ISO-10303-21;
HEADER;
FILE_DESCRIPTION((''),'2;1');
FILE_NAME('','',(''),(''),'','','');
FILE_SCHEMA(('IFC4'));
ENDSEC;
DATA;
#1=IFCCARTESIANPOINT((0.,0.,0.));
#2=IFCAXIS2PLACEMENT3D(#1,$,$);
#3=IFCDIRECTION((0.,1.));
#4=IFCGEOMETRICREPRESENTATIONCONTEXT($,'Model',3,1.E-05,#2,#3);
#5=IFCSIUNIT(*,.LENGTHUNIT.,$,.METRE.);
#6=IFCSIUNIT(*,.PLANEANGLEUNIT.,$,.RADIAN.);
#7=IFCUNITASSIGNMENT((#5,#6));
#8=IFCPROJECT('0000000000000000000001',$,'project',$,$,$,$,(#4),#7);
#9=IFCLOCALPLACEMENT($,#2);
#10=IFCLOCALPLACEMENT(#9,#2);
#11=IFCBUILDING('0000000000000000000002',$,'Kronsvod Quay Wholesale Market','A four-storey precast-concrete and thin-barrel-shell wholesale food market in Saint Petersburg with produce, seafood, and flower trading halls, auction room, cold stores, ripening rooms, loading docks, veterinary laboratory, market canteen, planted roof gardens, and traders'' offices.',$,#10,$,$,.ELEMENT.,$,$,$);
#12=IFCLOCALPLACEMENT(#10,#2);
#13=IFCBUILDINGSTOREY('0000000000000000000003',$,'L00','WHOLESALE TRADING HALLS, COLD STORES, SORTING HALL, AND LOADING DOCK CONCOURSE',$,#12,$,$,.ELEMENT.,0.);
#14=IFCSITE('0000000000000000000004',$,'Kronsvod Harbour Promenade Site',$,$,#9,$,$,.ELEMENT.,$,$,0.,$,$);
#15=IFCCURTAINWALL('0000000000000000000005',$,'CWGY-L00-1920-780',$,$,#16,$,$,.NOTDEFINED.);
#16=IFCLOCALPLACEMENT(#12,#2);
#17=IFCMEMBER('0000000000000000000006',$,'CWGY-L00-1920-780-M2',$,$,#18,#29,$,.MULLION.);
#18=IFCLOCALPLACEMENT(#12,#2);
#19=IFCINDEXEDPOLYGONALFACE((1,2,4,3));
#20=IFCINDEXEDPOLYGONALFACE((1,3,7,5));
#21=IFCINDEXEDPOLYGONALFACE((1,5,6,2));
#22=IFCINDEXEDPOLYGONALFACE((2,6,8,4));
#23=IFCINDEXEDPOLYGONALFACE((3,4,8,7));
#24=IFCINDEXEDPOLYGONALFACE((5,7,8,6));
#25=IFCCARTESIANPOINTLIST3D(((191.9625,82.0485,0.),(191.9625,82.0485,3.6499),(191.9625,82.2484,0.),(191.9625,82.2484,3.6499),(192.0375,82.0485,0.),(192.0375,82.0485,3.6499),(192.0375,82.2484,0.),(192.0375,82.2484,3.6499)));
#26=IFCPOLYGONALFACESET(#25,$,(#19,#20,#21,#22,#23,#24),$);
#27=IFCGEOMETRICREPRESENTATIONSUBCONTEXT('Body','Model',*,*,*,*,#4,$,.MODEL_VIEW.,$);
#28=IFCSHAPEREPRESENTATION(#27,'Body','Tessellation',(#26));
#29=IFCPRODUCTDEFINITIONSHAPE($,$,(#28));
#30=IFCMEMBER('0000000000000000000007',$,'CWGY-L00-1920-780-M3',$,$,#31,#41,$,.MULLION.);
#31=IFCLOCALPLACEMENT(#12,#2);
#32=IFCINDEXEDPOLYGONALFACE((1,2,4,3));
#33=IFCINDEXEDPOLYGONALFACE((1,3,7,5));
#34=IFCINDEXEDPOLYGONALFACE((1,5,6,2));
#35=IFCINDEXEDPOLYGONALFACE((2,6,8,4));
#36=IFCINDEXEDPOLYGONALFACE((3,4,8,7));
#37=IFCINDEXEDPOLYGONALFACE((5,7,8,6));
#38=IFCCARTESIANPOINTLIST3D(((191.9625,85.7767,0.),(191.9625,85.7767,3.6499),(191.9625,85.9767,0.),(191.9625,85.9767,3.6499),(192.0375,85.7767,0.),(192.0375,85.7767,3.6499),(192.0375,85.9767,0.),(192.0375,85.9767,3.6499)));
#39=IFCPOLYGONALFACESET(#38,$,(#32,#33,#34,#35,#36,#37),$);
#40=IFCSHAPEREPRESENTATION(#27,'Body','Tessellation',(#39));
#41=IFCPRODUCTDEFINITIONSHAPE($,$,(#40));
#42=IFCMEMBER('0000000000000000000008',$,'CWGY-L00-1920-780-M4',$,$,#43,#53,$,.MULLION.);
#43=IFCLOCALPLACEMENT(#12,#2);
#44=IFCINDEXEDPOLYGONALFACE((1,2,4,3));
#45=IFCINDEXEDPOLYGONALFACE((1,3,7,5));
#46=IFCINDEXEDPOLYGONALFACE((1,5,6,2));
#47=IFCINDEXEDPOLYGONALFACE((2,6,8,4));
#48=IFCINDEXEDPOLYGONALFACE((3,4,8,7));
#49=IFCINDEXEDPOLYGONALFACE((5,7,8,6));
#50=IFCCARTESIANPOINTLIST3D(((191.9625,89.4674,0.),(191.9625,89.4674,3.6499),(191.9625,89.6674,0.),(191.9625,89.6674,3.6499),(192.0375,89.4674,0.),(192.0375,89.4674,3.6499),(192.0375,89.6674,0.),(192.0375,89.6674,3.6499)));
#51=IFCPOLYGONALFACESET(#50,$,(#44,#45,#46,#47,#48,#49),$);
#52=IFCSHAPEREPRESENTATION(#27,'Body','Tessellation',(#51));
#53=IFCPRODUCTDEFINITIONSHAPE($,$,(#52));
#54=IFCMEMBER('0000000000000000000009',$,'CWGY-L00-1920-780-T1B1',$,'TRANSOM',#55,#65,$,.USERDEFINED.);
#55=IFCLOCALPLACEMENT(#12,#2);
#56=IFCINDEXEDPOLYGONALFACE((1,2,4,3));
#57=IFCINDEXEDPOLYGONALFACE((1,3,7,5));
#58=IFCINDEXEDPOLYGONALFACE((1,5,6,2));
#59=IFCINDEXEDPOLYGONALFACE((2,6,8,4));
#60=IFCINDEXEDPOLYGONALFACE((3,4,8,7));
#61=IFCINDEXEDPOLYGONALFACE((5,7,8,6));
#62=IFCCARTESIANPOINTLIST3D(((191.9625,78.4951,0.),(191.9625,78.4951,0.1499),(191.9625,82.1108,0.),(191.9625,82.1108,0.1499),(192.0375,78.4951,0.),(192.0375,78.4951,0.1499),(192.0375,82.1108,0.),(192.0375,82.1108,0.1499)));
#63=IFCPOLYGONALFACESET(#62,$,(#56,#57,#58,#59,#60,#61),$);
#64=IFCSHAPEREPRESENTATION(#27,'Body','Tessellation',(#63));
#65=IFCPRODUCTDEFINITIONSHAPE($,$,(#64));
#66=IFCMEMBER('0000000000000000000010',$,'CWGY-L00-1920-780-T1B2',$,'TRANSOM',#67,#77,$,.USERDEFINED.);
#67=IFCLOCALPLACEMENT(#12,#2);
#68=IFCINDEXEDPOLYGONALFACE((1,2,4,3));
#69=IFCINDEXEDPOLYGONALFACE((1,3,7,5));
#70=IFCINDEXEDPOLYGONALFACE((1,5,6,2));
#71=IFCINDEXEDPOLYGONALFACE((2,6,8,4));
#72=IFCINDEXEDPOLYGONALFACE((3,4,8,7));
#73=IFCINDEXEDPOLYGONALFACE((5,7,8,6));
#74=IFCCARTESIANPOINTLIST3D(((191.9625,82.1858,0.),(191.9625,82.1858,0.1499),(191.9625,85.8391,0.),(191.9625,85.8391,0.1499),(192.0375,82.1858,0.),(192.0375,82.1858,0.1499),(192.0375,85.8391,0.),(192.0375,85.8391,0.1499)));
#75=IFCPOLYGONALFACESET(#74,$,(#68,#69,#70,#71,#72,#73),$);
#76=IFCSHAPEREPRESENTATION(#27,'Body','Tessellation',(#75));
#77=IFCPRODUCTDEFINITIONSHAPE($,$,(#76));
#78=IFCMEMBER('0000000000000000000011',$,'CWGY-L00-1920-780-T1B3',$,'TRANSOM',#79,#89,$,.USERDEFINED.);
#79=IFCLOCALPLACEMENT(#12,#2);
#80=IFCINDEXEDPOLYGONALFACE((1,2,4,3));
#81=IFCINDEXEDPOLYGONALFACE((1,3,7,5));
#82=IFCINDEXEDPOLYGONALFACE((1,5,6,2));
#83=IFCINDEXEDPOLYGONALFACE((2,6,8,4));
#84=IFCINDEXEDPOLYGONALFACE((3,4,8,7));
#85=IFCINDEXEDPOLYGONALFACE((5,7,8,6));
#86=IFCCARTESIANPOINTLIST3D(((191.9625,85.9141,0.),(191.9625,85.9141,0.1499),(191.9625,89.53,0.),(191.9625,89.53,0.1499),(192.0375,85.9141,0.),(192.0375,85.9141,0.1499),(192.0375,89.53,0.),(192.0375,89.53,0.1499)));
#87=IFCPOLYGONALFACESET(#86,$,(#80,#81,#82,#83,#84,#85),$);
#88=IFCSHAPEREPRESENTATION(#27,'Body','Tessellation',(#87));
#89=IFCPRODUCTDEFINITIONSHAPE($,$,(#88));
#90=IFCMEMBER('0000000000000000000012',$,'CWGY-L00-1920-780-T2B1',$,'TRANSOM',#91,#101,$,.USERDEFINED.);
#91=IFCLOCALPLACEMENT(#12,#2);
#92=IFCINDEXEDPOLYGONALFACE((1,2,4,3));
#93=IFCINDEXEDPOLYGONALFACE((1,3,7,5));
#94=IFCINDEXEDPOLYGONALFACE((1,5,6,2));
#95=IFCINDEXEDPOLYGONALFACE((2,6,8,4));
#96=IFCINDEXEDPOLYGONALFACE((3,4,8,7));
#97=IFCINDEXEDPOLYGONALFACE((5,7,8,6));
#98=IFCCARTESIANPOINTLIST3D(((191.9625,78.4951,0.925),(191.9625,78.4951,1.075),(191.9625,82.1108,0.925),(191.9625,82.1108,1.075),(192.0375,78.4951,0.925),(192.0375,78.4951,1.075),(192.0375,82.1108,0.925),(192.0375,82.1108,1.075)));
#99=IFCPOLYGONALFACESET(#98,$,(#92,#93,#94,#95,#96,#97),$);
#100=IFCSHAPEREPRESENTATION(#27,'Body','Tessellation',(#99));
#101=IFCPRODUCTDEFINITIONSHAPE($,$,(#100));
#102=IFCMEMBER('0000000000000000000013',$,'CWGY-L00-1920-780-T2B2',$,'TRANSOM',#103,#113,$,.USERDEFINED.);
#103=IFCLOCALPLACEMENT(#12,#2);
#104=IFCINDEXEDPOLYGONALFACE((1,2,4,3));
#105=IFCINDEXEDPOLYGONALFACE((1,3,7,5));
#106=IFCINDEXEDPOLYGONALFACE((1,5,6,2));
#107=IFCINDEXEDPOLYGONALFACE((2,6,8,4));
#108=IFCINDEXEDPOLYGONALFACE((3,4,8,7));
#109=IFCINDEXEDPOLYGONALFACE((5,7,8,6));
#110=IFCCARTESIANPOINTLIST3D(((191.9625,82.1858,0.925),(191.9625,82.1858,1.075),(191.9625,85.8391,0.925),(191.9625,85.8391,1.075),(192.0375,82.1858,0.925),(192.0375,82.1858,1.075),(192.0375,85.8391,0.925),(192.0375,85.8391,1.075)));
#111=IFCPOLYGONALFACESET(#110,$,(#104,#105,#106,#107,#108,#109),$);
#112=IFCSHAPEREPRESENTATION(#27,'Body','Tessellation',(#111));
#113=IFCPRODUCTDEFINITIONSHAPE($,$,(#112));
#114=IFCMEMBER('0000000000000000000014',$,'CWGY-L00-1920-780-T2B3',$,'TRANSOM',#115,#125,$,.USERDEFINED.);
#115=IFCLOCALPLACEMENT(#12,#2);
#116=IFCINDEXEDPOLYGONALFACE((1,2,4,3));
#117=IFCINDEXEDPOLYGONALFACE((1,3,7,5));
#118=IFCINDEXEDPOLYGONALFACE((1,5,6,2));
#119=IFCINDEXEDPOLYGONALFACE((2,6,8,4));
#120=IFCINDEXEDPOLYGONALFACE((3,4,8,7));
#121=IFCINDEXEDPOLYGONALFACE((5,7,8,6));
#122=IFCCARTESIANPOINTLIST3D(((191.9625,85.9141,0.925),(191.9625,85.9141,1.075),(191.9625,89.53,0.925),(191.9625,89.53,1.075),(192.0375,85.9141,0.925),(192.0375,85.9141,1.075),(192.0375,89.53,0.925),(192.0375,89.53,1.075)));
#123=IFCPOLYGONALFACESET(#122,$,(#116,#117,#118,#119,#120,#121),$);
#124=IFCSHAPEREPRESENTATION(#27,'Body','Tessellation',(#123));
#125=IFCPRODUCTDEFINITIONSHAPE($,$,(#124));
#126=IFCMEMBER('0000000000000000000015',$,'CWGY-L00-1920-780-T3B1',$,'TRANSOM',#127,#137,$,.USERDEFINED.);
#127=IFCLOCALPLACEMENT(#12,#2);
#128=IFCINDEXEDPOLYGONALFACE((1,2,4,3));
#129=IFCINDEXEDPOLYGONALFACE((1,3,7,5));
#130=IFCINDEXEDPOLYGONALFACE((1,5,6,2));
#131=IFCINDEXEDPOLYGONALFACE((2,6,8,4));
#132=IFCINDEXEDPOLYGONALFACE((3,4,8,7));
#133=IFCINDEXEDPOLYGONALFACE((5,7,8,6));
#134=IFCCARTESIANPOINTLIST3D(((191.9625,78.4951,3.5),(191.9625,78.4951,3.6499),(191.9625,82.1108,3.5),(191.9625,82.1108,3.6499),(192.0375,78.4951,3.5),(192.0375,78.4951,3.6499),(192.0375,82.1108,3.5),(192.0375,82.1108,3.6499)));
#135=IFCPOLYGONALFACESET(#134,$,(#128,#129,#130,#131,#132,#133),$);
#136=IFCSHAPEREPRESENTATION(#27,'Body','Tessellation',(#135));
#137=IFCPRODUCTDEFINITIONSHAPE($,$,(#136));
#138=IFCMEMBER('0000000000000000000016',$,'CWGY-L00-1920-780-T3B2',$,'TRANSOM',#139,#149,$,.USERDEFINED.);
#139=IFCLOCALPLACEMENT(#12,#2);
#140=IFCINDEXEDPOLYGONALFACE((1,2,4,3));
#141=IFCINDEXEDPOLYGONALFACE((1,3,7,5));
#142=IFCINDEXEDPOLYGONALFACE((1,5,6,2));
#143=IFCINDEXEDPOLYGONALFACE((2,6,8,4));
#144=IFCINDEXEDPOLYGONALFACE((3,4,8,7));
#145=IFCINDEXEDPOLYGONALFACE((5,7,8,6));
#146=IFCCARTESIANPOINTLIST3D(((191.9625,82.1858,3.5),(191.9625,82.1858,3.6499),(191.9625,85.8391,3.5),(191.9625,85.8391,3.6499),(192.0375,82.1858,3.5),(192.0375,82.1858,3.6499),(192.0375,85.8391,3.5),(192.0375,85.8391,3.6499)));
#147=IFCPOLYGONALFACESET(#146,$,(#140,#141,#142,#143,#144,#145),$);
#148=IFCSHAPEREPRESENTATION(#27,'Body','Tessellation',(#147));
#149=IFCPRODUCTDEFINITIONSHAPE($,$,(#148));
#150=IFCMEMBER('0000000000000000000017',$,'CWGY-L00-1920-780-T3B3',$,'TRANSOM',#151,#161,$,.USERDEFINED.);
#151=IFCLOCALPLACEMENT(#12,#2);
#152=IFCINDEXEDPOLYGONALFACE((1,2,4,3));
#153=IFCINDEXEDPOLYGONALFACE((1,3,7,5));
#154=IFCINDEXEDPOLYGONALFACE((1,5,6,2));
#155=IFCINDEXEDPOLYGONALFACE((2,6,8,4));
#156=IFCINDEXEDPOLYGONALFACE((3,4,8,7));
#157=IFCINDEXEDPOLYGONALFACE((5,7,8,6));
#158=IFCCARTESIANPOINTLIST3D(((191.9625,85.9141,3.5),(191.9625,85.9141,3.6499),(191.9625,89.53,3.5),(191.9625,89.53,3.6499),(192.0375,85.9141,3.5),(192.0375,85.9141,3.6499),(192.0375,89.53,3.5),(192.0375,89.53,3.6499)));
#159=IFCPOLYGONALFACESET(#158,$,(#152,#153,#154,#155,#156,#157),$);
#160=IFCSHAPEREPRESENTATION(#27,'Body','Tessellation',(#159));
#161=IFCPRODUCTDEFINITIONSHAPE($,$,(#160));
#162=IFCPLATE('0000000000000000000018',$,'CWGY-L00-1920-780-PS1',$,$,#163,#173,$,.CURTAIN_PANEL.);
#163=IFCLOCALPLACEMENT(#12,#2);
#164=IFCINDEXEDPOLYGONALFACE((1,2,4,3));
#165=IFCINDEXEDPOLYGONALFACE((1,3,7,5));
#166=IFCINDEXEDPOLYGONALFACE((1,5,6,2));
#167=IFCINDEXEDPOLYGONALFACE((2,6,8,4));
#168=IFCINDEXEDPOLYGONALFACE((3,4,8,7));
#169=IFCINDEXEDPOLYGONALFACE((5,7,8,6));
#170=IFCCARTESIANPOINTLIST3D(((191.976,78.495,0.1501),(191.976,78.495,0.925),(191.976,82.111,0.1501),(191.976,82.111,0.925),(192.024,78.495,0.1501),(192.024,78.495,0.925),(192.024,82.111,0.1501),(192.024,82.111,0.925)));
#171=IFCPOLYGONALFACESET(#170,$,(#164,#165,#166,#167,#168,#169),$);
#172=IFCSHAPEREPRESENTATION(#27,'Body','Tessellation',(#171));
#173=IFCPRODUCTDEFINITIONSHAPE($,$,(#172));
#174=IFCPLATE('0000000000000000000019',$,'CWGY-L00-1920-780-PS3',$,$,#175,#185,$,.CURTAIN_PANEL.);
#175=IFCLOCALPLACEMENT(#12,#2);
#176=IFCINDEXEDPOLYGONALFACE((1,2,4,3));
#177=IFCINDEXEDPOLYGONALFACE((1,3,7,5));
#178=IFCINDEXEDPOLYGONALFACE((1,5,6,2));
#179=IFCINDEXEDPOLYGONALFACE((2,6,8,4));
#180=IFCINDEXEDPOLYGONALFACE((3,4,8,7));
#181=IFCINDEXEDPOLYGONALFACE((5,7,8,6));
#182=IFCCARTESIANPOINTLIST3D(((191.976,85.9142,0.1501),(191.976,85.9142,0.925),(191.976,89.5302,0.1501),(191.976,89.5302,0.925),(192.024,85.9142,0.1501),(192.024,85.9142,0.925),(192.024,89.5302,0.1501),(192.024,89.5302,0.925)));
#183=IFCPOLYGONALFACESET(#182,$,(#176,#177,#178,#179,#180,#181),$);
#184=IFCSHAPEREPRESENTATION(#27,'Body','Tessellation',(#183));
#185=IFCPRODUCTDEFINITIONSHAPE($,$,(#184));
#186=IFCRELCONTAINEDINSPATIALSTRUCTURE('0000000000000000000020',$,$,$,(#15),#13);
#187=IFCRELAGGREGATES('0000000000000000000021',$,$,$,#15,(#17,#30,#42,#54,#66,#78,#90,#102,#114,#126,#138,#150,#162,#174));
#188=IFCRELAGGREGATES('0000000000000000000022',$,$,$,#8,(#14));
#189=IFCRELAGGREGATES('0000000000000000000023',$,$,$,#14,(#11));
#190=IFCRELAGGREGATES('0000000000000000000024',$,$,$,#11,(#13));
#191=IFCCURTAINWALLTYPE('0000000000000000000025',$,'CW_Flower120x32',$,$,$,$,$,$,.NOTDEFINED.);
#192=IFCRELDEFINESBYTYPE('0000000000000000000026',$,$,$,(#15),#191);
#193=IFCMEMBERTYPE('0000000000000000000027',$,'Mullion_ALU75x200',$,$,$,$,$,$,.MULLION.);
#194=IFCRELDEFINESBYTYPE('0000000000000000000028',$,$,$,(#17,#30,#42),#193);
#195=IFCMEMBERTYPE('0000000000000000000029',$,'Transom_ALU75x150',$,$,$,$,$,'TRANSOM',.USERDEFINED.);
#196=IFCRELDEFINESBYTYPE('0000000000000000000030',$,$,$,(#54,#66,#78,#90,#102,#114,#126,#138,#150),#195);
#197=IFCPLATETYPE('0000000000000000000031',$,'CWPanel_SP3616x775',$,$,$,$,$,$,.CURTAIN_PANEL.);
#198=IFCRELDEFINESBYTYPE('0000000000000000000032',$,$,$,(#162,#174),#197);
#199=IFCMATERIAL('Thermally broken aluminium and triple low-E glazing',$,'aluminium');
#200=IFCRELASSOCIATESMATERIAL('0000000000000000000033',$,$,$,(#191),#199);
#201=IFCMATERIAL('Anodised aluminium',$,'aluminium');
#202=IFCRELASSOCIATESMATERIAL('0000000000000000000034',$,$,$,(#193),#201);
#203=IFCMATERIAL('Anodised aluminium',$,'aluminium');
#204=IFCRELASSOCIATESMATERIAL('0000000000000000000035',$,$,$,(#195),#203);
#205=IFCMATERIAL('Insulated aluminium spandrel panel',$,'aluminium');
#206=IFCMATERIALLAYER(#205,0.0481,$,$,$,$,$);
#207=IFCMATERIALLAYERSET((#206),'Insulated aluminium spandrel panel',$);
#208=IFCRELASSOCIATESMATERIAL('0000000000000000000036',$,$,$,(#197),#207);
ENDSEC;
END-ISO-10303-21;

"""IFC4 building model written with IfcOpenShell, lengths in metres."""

from ifc_helpers import new_model, si_unit, direction, frame, origin, origin_2d, place, context, subcontext, project, spatial, rectangle, extrude, material, layer, layer_set, material_profile, profile_set, type_object, element, aggregate, save


model = new_model("IFC4")

# Units and contexts
model_context = context("Model", 3, precision=1e-05, world=origin(), true_north=direction((0.0, 1.0)))
body_context = subcontext(model_context, "Body", "Model", "MODEL_VIEW")
ifc_project = project(units=[si_unit("LENGTHUNIT", "METRE"), si_unit("PLANEANGLEUNIT", "RADIAN")], contexts=[model_context])

# Site, building, storey
site_placement = place(None, origin())
site = spatial("IfcSite", under=ifc_project, at=site_placement, Name="Kronsvod Harbour Promenade Site", CompositionType="ELEMENT", RefElevation=0.0)
building_placement = place(site_placement, origin())
building = spatial("IfcBuilding", under=site, at=building_placement, Name="Kronsvod Quay Wholesale Market", Description="A four-storey precast-concrete and thin-barrel-shell wholesale food market in Saint Petersburg with produce, seafood, and flower trading halls, auction room, cold stores, ripening rooms, loading docks, veterinary laboratory, market canteen, planted roof gardens, and traders' offices.", CompositionType="ELEMENT")
storey_placement = place(building_placement, origin())
storey = spatial("IfcBuildingStorey", under=building, at=storey_placement, Name="L00", Description="WHOLESALE TRADING HALLS, COLD STORES, SORTING HALL, AND LOADING DOCK CONCOURSE", CompositionType="ELEMENT", Elevation=0.0)

# Curtain wall, members, plates
ifc_material_1 = material(Name="Thermally broken aluminium and triple low-E glazing", Category="aluminium")
curtain_wall_type = type_object("IfcCurtainWallType", Name="CW_Flower120x32", PredefinedType="NOTDEFINED", material=ifc_material_1)
curtain_wall_placement = place(storey_placement, origin())
curtain_wall = element("IfcCurtainWall", 1, at=curtain_wall_placement, inside=storey, type_object=curtain_wall_type, Name="CWGY-L00-1920-780", PredefinedType="NOTDEFINED")
ifc_material_2 = material(Name="Anodised aluminium", Category="aluminium")
ifc_material_profile_1 = material_profile(ifc_material_2, rectangle(XDim=0.075, YDim=0.2, at=origin_2d()), Name="ALUM75x200")
ifc_profile_set_1 = profile_set([ifc_material_profile_1], Name="Anodised aluminium")
member_type_1 = type_object("IfcMemberType", Name="Mullion_ALU75x200", PredefinedType="MULLION", material=ifc_profile_set_1)
member_1_placement = place(storey_placement, frame((192.0, 82.1484, 0.0), z_axis=(0.0, 0.0, 1.0), x_axis=(1.0, 0.0, 0.0)))
member_1 = element("IfcMember", 2, at=member_1_placement, type_object=member_type_1, Name="CWGY-L00-1920-780-M2", PredefinedType="MULLION", context=body_context, shape_type="SweptSolid", body=[
    extrude(rectangle(XDim=0.075, YDim=0.2, at=origin_2d()), origin(), (0.0, 0.0, 1.0), 3.6499),
])
member_2_placement = place(storey_placement, frame((192.0, 85.8767, 0.0), z_axis=(0.0, 0.0, 1.0), x_axis=(1.0, 0.0, 0.0)))
member_2 = element("IfcMember", 3, at=member_2_placement, type_object=member_type_1, Name="CWGY-L00-1920-780-M3", PredefinedType="MULLION", context=body_context, shape_type="SweptSolid", body=[
    extrude(rectangle(XDim=0.075, YDim=0.2, at=origin_2d()), origin(), (0.0, 0.0, 1.0), 3.6499),
])
member_3_placement = place(storey_placement, frame((192.0, 89.5674, 0.0), z_axis=(0.0, 0.0, 1.0), x_axis=(1.0, 0.0, 0.0)))
member_3 = element("IfcMember", 4, at=member_3_placement, type_object=member_type_1, Name="CWGY-L00-1920-780-M4", PredefinedType="MULLION", context=body_context, shape_type="SweptSolid", body=[
    extrude(rectangle(XDim=0.075, YDim=0.2, at=origin_2d()), origin(), (0.0, 0.0, 1.0), 3.6499),
])
ifc_material_3 = material(Name="Anodised aluminium", Category="aluminium")
ifc_material_profile_2 = material_profile(ifc_material_3, rectangle(XDim=0.075, YDim=0.1499, at=origin_2d()), Name="ALUT75x150")
ifc_profile_set_2 = profile_set([ifc_material_profile_2], Name="Anodised aluminium")
member_type_2 = type_object("IfcMemberType", Name="Transom_ALU75x150", ElementType="TRANSOM", PredefinedType="USERDEFINED", material=ifc_profile_set_2)
member_4_placement = place(storey_placement, frame((192.0, 78.4951, 0.075), z_axis=(0.0, 1.0, 0.0), x_axis=(-1.0, 0.0, 0.0)))
member_4 = element("IfcMember", 5, at=member_4_placement, type_object=member_type_2, Name="CWGY-L00-1920-780-T1B1", ObjectType="TRANSOM", PredefinedType="USERDEFINED", context=body_context, shape_type="SweptSolid", body=[
    extrude(rectangle(XDim=0.075, YDim=0.1499, at=origin_2d()), origin(), (0.0, 0.0, 1.0), 3.6157),
])
member_5_placement = place(storey_placement, frame((192.0, 82.1858, 0.075), z_axis=(0.0, 1.0, 0.0), x_axis=(-1.0, 0.0, 0.0)))
member_5 = element("IfcMember", 6, at=member_5_placement, type_object=member_type_2, Name="CWGY-L00-1920-780-T1B2", ObjectType="TRANSOM", PredefinedType="USERDEFINED", context=body_context, shape_type="SweptSolid", body=[
    extrude(rectangle(XDim=0.075, YDim=0.1499, at=origin_2d()), origin(), (0.0, 0.0, 1.0), 3.6533),
])
member_6_placement = place(storey_placement, frame((192.0, 85.9141, 0.075), z_axis=(0.0, 1.0, 0.0), x_axis=(-1.0, 0.0, 0.0)))
member_6 = element("IfcMember", 7, at=member_6_placement, type_object=member_type_2, Name="CWGY-L00-1920-780-T1B3", ObjectType="TRANSOM", PredefinedType="USERDEFINED", context=body_context, shape_type="SweptSolid", body=[
    extrude(rectangle(XDim=0.075, YDim=0.1499, at=origin_2d()), origin(), (0.0, 0.0, 1.0), 3.616),
])
member_7_placement = place(storey_placement, frame((192.0, 78.4951, 1.0), z_axis=(0.0, 1.0, 0.0), x_axis=(-1.0, 0.0, 0.0)))
member_7 = element("IfcMember", 8, at=member_7_placement, type_object=member_type_2, Name="CWGY-L00-1920-780-T2B1", ObjectType="TRANSOM", PredefinedType="USERDEFINED", context=body_context, shape_type="SweptSolid", body=[
    extrude(rectangle(XDim=0.075, YDim=0.1499, at=origin_2d()), origin(), (0.0, 0.0, 1.0), 3.6157),
])
member_8_placement = place(storey_placement, frame((192.0, 82.1858, 1.0), z_axis=(0.0, 1.0, 0.0), x_axis=(-1.0, 0.0, 0.0)))
member_8 = element("IfcMember", 9, at=member_8_placement, type_object=member_type_2, Name="CWGY-L00-1920-780-T2B2", ObjectType="TRANSOM", PredefinedType="USERDEFINED", context=body_context, shape_type="SweptSolid", body=[
    extrude(rectangle(XDim=0.075, YDim=0.1499, at=origin_2d()), origin(), (0.0, 0.0, 1.0), 3.6533),
])
member_9_placement = place(storey_placement, frame((192.0, 85.9141, 1.0), z_axis=(0.0, 1.0, 0.0), x_axis=(-1.0, 0.0, 0.0)))
member_9 = element("IfcMember", 10, at=member_9_placement, type_object=member_type_2, Name="CWGY-L00-1920-780-T2B3", ObjectType="TRANSOM", PredefinedType="USERDEFINED", context=body_context, shape_type="SweptSolid", body=[
    extrude(rectangle(XDim=0.075, YDim=0.1499, at=origin_2d()), origin(), (0.0, 0.0, 1.0), 3.616),
])
member_10_placement = place(storey_placement, frame((192.0, 78.4951, 3.575), z_axis=(0.0, 1.0, 0.0), x_axis=(-1.0, 0.0, 0.0)))
member_10 = element("IfcMember", 11, at=member_10_placement, type_object=member_type_2, Name="CWGY-L00-1920-780-T3B1", ObjectType="TRANSOM", PredefinedType="USERDEFINED", context=body_context, shape_type="SweptSolid", body=[
    extrude(rectangle(XDim=0.075, YDim=0.1499, at=origin_2d()), origin(), (0.0, 0.0, 1.0), 3.6157),
])
member_11_placement = place(storey_placement, frame((192.0, 82.1858, 3.575), z_axis=(0.0, 1.0, 0.0), x_axis=(-1.0, 0.0, 0.0)))
member_11 = element("IfcMember", 12, at=member_11_placement, type_object=member_type_2, Name="CWGY-L00-1920-780-T3B2", ObjectType="TRANSOM", PredefinedType="USERDEFINED", context=body_context, shape_type="SweptSolid", body=[
    extrude(rectangle(XDim=0.075, YDim=0.1499, at=origin_2d()), origin(), (0.0, 0.0, 1.0), 3.6533),
])
member_12_placement = place(storey_placement, frame((192.0, 85.9141, 3.575), z_axis=(0.0, 1.0, 0.0), x_axis=(-1.0, 0.0, 0.0)))
member_12 = element("IfcMember", 13, at=member_12_placement, type_object=member_type_2, Name="CWGY-L00-1920-780-T3B3", ObjectType="TRANSOM", PredefinedType="USERDEFINED", context=body_context, shape_type="SweptSolid", body=[
    extrude(rectangle(XDim=0.075, YDim=0.1499, at=origin_2d()), origin(), (0.0, 0.0, 1.0), 3.616),
])
ifc_material_4 = material(Name="Insulated aluminium spandrel panel", Category="aluminium")
ifc_layer_1 = layer(ifc_material_4, 0.0481)
ifc_layer_set_1 = layer_set([ifc_layer_1], Name="Insulated aluminium spandrel panel")
plate_type_1 = type_object("IfcPlateType", Name="CWPanel_SP3616x775", PredefinedType="CURTAIN_PANEL", material=ifc_layer_set_1)
plate_1_placement = place(storey_placement, frame((192.0, 80.303, 0.1501), z_axis=(0.0, 0.0, 1.0), x_axis=(0.0, 1.0, 0.0)))
plate_1 = element("IfcPlate", 14, at=plate_1_placement, type_object=plate_type_1, Name="CWGY-L00-1920-780-PS1", PredefinedType="CURTAIN_PANEL", context=body_context, shape_type="SweptSolid", body=[
    extrude(rectangle(XDim=3.616, YDim=0.0481, at=origin_2d()), origin(), (0.0, 0.0, 1.0), 0.7749),
])
plate_2_placement = place(storey_placement, frame((192.0, 87.7222, 0.1501), z_axis=(0.0, 0.0, 1.0), x_axis=(0.0, 1.0, 0.0)))
plate_2 = element("IfcPlate", 15, at=plate_2_placement, type_object=plate_type_1, Name="CWGY-L00-1920-780-PS3", PredefinedType="CURTAIN_PANEL", context=body_context, shape_type="SweptSolid", body=[
    extrude(rectangle(XDim=3.616, YDim=0.0481, at=origin_2d()), origin(), (0.0, 0.0, 1.0), 0.7749),
])
aggregate(curtain_wall, [member_1, member_2, member_3, member_4, member_5, member_6, member_7, member_8, member_9, member_10, member_11, member_12, plate_1, plate_2])

save(model, "model.ifc")
